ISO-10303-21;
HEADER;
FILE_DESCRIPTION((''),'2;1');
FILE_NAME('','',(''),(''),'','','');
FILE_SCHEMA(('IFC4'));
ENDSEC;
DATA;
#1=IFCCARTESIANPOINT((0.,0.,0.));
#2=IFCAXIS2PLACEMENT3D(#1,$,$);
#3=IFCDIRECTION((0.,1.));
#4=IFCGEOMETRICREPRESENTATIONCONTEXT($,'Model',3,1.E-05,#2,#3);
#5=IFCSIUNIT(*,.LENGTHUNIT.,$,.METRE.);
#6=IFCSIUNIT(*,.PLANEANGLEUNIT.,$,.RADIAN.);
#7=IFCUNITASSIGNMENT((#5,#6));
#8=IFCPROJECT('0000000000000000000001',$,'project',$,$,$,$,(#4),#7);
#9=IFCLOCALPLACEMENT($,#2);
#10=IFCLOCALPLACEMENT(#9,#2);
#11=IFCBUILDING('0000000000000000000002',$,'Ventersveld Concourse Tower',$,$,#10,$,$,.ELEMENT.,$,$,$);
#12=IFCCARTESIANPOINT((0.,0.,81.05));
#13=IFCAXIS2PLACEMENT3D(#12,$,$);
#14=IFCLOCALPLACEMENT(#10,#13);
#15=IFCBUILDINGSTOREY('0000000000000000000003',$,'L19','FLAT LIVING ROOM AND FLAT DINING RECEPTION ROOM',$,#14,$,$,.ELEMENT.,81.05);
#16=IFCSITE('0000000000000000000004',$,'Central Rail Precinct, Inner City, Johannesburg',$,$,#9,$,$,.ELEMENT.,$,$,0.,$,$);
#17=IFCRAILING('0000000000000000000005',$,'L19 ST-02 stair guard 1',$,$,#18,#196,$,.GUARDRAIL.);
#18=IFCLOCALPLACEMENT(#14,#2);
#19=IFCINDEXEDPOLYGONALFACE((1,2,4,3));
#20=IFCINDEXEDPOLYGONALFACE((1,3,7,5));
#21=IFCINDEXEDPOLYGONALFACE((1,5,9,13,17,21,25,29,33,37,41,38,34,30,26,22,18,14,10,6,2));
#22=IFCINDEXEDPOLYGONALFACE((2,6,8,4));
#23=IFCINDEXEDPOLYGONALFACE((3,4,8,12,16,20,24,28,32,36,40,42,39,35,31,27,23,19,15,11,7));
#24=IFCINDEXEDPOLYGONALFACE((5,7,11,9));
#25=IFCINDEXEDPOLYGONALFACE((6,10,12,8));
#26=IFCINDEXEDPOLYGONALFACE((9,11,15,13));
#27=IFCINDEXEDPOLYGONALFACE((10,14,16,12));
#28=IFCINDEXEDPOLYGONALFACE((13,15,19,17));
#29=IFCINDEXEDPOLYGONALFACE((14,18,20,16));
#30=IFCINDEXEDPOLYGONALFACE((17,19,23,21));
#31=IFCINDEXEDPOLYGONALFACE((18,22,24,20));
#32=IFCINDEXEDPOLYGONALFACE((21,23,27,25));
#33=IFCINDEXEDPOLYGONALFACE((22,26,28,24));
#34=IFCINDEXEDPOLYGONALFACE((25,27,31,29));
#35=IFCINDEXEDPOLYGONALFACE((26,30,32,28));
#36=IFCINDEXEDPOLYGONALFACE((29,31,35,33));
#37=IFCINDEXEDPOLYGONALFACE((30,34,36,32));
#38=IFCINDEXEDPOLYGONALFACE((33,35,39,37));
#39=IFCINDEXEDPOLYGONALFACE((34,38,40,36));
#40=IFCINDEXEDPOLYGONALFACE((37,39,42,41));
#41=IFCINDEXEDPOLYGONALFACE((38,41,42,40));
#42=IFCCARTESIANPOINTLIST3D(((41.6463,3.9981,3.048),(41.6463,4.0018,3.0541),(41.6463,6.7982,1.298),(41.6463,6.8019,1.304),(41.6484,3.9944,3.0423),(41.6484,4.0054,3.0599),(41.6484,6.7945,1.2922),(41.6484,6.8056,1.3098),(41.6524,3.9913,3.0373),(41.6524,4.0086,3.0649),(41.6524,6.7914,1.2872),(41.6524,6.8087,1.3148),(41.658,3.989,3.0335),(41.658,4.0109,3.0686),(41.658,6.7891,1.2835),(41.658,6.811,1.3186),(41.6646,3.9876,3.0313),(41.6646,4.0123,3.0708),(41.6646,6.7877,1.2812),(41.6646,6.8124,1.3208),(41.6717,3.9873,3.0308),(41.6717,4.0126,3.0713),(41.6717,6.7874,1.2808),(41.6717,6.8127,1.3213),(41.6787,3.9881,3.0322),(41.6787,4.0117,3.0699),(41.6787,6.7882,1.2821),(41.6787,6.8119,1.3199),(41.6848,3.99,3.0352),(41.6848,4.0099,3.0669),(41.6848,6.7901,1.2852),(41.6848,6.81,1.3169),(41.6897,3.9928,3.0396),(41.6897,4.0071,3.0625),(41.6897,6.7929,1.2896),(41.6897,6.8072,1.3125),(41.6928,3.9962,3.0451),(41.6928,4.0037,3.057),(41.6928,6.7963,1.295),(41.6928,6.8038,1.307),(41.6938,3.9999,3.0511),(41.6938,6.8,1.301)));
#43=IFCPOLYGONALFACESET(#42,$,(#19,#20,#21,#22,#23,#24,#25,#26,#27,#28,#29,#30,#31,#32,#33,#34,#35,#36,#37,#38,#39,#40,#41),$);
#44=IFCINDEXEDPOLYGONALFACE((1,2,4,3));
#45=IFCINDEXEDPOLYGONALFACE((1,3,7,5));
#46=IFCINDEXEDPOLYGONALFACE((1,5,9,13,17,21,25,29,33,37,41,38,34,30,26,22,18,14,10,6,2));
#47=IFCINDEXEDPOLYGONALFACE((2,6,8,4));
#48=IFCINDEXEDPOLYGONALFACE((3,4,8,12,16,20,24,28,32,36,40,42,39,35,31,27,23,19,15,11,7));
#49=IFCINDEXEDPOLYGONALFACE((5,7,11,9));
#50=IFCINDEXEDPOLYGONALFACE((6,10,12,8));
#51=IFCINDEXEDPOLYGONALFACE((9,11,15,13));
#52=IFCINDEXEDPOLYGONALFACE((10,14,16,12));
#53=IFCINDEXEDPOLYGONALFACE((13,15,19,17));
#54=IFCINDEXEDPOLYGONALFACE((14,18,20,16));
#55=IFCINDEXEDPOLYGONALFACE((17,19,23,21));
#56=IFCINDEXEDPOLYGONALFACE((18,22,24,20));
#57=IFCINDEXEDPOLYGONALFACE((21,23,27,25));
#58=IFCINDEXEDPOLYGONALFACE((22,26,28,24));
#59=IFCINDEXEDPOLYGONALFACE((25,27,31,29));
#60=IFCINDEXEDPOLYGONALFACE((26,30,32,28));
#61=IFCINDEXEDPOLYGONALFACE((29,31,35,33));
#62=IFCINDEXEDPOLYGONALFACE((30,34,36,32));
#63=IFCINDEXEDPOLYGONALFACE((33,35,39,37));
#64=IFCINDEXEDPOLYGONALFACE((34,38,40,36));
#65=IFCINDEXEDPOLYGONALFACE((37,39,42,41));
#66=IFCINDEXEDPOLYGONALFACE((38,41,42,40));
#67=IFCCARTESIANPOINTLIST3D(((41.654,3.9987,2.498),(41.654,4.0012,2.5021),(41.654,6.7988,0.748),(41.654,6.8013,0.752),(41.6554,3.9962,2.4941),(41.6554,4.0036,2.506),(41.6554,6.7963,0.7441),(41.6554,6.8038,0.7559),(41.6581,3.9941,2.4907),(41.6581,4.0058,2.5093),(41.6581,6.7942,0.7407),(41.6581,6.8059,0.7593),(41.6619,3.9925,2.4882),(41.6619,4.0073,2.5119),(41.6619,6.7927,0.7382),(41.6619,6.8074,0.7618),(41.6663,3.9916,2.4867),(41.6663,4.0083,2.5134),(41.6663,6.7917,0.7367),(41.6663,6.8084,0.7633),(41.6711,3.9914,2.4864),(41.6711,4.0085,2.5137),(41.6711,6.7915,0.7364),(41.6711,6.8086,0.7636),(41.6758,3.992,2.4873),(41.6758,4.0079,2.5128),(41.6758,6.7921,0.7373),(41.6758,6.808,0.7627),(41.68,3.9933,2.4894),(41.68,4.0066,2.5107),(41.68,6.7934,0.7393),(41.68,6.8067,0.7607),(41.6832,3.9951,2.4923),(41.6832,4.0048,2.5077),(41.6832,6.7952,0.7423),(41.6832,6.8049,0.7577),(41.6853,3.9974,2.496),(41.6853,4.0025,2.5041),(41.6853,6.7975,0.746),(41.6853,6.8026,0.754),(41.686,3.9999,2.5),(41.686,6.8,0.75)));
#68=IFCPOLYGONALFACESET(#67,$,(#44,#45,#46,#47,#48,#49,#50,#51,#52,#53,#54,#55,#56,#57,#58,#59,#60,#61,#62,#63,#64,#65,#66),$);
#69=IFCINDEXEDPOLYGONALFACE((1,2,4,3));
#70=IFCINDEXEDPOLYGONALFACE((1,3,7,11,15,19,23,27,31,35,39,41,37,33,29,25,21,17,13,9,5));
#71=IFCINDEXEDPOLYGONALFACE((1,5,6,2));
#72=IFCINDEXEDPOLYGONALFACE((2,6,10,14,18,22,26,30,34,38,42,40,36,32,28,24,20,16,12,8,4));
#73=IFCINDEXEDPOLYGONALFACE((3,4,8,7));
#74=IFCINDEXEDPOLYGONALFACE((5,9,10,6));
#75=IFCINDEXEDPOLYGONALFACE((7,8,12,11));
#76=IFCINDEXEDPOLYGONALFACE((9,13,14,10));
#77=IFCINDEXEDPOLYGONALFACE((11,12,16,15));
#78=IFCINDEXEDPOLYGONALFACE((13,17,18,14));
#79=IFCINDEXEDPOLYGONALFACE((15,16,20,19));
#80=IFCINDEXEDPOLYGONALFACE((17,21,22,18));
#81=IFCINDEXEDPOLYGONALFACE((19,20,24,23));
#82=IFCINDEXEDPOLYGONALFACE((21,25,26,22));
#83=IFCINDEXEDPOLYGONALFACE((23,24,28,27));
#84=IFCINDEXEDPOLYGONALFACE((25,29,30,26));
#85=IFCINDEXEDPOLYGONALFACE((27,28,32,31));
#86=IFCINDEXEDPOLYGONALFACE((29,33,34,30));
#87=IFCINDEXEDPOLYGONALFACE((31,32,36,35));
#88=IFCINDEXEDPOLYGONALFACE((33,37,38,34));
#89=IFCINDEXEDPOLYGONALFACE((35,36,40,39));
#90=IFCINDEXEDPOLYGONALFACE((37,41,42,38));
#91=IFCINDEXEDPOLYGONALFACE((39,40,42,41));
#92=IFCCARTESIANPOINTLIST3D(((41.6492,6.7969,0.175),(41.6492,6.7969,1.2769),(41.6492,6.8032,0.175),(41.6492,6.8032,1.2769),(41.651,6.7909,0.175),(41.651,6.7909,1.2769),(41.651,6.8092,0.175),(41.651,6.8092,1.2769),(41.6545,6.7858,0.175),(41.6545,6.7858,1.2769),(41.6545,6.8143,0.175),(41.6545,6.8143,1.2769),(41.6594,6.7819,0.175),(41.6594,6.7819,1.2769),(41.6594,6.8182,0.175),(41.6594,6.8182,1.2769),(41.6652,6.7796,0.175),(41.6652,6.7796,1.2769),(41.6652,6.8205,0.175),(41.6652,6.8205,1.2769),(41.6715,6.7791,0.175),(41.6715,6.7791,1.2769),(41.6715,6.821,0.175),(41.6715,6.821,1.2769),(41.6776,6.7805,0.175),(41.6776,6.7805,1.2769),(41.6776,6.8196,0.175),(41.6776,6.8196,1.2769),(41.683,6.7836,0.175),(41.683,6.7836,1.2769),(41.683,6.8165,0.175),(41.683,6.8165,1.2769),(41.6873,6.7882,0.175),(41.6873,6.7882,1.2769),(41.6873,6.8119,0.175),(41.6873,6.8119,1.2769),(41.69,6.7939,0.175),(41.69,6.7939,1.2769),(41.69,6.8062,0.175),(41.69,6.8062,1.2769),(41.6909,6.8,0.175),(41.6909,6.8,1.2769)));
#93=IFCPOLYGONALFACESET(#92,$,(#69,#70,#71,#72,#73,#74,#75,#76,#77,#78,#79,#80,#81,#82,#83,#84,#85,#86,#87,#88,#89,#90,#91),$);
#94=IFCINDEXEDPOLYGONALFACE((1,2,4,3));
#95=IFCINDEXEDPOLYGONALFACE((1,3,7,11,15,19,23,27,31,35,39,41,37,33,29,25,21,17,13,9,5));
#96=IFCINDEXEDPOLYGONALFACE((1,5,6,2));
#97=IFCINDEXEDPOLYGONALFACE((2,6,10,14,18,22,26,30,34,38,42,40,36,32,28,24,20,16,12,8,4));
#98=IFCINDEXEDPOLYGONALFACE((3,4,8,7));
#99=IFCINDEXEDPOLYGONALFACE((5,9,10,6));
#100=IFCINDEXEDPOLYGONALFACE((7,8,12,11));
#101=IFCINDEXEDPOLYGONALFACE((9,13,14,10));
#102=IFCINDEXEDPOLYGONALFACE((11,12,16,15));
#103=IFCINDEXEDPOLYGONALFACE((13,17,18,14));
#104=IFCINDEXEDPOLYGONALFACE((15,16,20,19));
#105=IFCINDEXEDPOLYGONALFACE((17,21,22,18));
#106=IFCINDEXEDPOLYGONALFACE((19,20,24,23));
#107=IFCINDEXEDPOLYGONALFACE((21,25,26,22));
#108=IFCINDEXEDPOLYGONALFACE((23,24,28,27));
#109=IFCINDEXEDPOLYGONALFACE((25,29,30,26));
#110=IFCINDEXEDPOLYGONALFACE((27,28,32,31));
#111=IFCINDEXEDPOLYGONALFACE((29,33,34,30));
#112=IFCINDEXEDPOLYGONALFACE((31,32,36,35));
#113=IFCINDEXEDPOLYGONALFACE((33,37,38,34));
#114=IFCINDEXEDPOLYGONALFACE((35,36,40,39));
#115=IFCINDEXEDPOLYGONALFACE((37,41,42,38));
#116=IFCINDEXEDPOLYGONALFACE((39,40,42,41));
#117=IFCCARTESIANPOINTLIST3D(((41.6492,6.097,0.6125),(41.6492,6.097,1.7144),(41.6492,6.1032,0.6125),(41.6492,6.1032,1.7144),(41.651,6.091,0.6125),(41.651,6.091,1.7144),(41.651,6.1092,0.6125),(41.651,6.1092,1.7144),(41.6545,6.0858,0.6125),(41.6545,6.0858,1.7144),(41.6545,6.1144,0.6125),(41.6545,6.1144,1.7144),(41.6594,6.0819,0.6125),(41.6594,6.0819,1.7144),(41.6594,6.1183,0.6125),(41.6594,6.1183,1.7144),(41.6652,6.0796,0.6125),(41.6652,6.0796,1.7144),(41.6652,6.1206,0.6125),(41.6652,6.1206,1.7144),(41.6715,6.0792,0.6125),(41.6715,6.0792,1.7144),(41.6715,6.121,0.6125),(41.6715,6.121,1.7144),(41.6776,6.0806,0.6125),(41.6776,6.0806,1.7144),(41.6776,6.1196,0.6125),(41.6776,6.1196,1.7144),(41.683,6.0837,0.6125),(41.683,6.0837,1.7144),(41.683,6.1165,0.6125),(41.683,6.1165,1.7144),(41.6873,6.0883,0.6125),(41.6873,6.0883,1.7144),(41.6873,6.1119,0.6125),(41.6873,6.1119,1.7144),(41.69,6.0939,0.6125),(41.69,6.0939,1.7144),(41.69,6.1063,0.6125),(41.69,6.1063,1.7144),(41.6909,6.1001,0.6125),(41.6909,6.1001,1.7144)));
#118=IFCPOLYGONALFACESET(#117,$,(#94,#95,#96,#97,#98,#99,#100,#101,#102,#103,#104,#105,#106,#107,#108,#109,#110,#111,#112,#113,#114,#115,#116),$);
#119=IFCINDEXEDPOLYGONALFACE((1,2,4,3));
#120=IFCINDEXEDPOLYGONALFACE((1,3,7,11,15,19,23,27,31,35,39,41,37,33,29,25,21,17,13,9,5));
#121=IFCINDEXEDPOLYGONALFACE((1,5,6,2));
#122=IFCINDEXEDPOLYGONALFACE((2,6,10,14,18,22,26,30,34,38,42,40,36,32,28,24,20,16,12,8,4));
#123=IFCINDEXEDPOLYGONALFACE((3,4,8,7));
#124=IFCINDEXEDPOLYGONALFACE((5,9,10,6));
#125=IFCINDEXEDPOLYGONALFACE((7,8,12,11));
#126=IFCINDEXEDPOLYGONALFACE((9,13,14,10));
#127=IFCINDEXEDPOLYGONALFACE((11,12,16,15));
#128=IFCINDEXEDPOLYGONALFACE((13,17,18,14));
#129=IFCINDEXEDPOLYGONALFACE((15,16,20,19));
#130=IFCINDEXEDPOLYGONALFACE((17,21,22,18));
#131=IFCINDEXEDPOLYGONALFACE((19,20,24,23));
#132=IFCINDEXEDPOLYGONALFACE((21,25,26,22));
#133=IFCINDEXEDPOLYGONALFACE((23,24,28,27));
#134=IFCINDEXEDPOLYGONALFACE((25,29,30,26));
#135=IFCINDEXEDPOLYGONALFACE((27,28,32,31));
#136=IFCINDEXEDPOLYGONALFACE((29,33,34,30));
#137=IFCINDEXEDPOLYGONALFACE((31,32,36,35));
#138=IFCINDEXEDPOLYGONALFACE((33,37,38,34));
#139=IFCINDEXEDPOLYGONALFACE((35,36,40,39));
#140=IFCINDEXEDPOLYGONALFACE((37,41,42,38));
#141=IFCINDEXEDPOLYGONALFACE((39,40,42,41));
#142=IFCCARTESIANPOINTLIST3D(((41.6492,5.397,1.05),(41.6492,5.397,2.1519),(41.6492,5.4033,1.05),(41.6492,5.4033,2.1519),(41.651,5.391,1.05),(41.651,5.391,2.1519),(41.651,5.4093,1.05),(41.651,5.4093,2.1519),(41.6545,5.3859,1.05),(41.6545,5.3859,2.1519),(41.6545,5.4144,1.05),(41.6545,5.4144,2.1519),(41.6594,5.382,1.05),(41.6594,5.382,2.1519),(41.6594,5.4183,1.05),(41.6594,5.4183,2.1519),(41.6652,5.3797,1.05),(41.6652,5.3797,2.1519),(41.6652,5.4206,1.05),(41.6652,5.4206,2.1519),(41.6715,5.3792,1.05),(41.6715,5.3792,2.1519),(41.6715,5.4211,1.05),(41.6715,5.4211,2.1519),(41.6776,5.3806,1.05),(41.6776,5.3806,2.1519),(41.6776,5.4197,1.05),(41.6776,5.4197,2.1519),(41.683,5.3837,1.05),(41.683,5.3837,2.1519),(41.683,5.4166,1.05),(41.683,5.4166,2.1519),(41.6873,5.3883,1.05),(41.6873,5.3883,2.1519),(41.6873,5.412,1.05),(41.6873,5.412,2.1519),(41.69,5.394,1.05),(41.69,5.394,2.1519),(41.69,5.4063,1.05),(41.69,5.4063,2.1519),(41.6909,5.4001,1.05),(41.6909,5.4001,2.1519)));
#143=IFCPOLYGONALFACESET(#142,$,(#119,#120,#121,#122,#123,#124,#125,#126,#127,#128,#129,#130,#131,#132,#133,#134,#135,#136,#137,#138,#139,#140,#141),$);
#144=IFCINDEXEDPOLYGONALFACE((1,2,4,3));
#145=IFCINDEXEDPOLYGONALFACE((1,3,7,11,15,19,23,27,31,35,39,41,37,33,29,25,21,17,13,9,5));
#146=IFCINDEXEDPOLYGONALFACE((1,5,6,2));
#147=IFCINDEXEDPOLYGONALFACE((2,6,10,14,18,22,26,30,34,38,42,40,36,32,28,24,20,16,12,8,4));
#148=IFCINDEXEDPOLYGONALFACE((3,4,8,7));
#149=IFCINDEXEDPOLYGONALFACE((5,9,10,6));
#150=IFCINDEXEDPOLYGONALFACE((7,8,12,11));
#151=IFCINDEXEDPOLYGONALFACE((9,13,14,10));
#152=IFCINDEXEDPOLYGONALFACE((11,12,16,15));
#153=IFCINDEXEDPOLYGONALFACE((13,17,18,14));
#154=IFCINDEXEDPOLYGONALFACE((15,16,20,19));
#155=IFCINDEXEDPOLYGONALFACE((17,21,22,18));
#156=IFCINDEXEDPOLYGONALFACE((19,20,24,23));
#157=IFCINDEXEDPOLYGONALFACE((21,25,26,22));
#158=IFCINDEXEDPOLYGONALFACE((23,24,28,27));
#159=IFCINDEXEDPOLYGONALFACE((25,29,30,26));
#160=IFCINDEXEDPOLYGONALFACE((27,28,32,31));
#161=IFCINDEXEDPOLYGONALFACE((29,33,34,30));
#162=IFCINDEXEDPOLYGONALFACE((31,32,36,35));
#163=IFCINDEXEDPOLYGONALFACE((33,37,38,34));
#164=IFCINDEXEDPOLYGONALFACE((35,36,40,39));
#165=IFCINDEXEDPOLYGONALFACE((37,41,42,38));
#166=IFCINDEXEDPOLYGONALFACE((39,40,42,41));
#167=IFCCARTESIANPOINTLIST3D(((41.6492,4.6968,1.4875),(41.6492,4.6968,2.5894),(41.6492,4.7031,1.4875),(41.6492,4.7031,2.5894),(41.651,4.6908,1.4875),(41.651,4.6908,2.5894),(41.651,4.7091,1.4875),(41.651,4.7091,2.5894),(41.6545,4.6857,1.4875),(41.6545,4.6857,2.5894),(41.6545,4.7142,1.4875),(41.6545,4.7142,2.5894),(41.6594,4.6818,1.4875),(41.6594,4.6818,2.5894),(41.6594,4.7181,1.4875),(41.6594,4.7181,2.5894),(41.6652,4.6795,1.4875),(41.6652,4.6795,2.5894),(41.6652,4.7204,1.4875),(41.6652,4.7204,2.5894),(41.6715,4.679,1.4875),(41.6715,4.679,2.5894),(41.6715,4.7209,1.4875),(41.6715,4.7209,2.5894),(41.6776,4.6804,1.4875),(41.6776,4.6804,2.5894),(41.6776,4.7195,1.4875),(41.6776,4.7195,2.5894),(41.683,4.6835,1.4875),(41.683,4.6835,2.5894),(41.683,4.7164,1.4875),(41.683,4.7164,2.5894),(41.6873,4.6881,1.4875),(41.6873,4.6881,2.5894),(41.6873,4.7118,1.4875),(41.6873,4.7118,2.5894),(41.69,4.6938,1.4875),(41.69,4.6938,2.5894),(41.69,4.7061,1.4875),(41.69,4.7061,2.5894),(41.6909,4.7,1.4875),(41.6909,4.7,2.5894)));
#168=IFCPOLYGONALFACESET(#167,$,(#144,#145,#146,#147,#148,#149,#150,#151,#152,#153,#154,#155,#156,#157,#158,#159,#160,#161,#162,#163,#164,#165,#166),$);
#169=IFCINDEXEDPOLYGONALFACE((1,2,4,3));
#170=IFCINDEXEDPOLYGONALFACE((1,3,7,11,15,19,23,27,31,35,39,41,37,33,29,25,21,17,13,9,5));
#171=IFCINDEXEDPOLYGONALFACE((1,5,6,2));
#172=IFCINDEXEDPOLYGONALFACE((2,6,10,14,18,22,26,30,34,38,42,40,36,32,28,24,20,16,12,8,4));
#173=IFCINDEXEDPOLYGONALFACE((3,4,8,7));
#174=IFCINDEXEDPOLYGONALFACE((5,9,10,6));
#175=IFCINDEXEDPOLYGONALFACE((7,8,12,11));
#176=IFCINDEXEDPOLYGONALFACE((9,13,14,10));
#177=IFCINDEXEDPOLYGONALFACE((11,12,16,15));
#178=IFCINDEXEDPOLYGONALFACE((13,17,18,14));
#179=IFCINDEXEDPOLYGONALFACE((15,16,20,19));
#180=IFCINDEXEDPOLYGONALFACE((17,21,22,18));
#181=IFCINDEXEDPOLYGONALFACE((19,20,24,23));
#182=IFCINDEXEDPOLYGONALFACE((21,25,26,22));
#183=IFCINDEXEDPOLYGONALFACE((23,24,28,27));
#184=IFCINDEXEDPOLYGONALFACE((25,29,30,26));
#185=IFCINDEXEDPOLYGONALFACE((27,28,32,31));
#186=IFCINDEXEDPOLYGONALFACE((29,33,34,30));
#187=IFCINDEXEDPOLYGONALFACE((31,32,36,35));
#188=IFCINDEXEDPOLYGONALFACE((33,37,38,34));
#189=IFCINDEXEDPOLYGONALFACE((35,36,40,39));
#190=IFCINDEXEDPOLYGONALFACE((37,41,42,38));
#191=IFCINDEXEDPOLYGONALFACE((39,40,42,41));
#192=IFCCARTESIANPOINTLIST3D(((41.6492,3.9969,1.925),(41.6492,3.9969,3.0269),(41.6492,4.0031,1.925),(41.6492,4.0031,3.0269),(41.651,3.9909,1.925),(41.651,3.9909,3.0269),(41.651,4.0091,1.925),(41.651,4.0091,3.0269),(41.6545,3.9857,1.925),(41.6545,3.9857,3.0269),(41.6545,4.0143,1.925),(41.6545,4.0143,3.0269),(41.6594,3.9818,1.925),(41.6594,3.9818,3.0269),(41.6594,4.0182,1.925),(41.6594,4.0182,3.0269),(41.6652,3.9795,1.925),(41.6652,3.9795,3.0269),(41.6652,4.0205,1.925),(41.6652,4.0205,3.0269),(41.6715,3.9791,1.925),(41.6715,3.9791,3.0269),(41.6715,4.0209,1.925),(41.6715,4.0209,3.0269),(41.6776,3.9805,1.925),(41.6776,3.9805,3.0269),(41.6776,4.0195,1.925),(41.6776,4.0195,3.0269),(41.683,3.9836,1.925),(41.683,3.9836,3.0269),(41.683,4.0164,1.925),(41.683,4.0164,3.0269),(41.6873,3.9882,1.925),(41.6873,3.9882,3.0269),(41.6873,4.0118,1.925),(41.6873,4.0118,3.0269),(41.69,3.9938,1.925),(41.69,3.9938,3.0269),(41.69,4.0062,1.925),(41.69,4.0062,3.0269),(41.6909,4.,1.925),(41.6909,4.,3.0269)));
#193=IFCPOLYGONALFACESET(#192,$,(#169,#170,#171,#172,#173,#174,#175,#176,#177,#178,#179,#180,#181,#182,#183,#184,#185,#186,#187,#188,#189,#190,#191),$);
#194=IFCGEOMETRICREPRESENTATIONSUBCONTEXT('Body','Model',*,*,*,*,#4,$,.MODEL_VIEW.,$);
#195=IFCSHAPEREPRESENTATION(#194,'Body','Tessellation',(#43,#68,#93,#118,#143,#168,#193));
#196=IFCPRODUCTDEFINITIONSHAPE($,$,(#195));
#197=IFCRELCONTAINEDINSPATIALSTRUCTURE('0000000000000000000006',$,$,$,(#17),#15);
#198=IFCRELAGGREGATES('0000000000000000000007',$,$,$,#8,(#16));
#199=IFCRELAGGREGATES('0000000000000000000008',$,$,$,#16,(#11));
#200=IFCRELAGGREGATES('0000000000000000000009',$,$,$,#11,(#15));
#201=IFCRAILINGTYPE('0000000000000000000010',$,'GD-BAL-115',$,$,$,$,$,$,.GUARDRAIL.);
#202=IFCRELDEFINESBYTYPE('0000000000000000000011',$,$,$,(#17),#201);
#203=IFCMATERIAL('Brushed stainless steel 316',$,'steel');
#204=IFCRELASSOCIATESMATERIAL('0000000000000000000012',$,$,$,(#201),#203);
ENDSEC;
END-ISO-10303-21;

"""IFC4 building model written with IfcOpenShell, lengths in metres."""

from ifc_helpers import new_model, si_unit, direction, frame, origin, origin_2d, place, context, subcontext, project, spatial, circle, extrude, material, type_object, element, save


model = new_model("IFC4")

# Units and contexts
model_context = context("Model", 3, precision=1e-05, world=origin(), true_north=direction((0.0, 1.0)))
body_context = subcontext(model_context, "Body", "Model", "MODEL_VIEW")
ifc_project = project(units=[si_unit("LENGTHUNIT", "METRE"), si_unit("PLANEANGLEUNIT", "RADIAN")], contexts=[model_context])

# Site, building, storey
site_placement = place(None, origin())
site = spatial("IfcSite", under=ifc_project, at=site_placement, Name="Central Rail Precinct, Inner City, Johannesburg", CompositionType="ELEMENT", RefElevation=0.0)
building_placement = place(site_placement, origin())
building = spatial("IfcBuilding", under=site, at=building_placement, Name="Ventersveld Concourse Tower", CompositionType="ELEMENT")
storey_placement = place(building_placement, frame((0.0, 0.0, 81.05)))
storey = spatial("IfcBuildingStorey", under=building, at=storey_placement, Name="L19", Description="FLAT LIVING ROOM AND FLAT DINING RECEPTION ROOM", CompositionType="ELEMENT", Elevation=81.05)

# Railing
ifc_material_1 = material(Name="Brushed stainless steel 316", Category="steel")
railing_type_1 = type_object("IfcRailingType", Name="GD-BAL-115", PredefinedType="GUARDRAIL", material=ifc_material_1)
railing_1_placement = place(storey_placement, frame((41.6699, 6.8, 0.175)))
element("IfcRailing", 1, at=railing_1_placement, inside=storey, type_object=railing_type_1, Name="L19 ST-02 stair guard 1", PredefinedType="GUARDRAIL", context=body_context, shape_type="SweptSolid", body=[
    extrude(circle(Radius=0.0239, at=origin_2d()), frame((0.0, 0.0, 1.126), z_axis=(0.0, -0.848002, 0.529992), x_axis=(1.0, 0.0, 0.0)), (0.0, 0.0, 1.0), 3.302),
    extrude(circle(Radius=0.0161, at=origin_2d()), frame((0.0, 0.0, 0.575), z_axis=(0.0, -0.848002, 0.529992), x_axis=(1.0, 0.0, 0.0)), (0.0, 0.0, 1.0), 3.302),
    extrude(circle(Radius=0.021, at=origin_2d()), origin(), (0.0, 0.0, 1.0), 1.1018),
    extrude(circle(Radius=0.021, at=origin_2d()), frame((0.0, -0.7, 0.4375)), (0.0, 0.0, 1.0), 1.1018),
    extrude(circle(Radius=0.021, at=origin_2d()), frame((0.0, -1.3999, 0.875)), (0.0, 0.0, 1.0), 1.1018),
    extrude(circle(Radius=0.021, at=origin_2d()), frame((0.0, -2.1001, 1.3125)), (0.0, 0.0, 1.0), 1.1018),
    extrude(circle(Radius=0.021, at=origin_2d()), frame((0.0, -2.8, 1.75)), (0.0, 0.0, 1.0), 1.1018),
])

save(model, "model.ifc")
